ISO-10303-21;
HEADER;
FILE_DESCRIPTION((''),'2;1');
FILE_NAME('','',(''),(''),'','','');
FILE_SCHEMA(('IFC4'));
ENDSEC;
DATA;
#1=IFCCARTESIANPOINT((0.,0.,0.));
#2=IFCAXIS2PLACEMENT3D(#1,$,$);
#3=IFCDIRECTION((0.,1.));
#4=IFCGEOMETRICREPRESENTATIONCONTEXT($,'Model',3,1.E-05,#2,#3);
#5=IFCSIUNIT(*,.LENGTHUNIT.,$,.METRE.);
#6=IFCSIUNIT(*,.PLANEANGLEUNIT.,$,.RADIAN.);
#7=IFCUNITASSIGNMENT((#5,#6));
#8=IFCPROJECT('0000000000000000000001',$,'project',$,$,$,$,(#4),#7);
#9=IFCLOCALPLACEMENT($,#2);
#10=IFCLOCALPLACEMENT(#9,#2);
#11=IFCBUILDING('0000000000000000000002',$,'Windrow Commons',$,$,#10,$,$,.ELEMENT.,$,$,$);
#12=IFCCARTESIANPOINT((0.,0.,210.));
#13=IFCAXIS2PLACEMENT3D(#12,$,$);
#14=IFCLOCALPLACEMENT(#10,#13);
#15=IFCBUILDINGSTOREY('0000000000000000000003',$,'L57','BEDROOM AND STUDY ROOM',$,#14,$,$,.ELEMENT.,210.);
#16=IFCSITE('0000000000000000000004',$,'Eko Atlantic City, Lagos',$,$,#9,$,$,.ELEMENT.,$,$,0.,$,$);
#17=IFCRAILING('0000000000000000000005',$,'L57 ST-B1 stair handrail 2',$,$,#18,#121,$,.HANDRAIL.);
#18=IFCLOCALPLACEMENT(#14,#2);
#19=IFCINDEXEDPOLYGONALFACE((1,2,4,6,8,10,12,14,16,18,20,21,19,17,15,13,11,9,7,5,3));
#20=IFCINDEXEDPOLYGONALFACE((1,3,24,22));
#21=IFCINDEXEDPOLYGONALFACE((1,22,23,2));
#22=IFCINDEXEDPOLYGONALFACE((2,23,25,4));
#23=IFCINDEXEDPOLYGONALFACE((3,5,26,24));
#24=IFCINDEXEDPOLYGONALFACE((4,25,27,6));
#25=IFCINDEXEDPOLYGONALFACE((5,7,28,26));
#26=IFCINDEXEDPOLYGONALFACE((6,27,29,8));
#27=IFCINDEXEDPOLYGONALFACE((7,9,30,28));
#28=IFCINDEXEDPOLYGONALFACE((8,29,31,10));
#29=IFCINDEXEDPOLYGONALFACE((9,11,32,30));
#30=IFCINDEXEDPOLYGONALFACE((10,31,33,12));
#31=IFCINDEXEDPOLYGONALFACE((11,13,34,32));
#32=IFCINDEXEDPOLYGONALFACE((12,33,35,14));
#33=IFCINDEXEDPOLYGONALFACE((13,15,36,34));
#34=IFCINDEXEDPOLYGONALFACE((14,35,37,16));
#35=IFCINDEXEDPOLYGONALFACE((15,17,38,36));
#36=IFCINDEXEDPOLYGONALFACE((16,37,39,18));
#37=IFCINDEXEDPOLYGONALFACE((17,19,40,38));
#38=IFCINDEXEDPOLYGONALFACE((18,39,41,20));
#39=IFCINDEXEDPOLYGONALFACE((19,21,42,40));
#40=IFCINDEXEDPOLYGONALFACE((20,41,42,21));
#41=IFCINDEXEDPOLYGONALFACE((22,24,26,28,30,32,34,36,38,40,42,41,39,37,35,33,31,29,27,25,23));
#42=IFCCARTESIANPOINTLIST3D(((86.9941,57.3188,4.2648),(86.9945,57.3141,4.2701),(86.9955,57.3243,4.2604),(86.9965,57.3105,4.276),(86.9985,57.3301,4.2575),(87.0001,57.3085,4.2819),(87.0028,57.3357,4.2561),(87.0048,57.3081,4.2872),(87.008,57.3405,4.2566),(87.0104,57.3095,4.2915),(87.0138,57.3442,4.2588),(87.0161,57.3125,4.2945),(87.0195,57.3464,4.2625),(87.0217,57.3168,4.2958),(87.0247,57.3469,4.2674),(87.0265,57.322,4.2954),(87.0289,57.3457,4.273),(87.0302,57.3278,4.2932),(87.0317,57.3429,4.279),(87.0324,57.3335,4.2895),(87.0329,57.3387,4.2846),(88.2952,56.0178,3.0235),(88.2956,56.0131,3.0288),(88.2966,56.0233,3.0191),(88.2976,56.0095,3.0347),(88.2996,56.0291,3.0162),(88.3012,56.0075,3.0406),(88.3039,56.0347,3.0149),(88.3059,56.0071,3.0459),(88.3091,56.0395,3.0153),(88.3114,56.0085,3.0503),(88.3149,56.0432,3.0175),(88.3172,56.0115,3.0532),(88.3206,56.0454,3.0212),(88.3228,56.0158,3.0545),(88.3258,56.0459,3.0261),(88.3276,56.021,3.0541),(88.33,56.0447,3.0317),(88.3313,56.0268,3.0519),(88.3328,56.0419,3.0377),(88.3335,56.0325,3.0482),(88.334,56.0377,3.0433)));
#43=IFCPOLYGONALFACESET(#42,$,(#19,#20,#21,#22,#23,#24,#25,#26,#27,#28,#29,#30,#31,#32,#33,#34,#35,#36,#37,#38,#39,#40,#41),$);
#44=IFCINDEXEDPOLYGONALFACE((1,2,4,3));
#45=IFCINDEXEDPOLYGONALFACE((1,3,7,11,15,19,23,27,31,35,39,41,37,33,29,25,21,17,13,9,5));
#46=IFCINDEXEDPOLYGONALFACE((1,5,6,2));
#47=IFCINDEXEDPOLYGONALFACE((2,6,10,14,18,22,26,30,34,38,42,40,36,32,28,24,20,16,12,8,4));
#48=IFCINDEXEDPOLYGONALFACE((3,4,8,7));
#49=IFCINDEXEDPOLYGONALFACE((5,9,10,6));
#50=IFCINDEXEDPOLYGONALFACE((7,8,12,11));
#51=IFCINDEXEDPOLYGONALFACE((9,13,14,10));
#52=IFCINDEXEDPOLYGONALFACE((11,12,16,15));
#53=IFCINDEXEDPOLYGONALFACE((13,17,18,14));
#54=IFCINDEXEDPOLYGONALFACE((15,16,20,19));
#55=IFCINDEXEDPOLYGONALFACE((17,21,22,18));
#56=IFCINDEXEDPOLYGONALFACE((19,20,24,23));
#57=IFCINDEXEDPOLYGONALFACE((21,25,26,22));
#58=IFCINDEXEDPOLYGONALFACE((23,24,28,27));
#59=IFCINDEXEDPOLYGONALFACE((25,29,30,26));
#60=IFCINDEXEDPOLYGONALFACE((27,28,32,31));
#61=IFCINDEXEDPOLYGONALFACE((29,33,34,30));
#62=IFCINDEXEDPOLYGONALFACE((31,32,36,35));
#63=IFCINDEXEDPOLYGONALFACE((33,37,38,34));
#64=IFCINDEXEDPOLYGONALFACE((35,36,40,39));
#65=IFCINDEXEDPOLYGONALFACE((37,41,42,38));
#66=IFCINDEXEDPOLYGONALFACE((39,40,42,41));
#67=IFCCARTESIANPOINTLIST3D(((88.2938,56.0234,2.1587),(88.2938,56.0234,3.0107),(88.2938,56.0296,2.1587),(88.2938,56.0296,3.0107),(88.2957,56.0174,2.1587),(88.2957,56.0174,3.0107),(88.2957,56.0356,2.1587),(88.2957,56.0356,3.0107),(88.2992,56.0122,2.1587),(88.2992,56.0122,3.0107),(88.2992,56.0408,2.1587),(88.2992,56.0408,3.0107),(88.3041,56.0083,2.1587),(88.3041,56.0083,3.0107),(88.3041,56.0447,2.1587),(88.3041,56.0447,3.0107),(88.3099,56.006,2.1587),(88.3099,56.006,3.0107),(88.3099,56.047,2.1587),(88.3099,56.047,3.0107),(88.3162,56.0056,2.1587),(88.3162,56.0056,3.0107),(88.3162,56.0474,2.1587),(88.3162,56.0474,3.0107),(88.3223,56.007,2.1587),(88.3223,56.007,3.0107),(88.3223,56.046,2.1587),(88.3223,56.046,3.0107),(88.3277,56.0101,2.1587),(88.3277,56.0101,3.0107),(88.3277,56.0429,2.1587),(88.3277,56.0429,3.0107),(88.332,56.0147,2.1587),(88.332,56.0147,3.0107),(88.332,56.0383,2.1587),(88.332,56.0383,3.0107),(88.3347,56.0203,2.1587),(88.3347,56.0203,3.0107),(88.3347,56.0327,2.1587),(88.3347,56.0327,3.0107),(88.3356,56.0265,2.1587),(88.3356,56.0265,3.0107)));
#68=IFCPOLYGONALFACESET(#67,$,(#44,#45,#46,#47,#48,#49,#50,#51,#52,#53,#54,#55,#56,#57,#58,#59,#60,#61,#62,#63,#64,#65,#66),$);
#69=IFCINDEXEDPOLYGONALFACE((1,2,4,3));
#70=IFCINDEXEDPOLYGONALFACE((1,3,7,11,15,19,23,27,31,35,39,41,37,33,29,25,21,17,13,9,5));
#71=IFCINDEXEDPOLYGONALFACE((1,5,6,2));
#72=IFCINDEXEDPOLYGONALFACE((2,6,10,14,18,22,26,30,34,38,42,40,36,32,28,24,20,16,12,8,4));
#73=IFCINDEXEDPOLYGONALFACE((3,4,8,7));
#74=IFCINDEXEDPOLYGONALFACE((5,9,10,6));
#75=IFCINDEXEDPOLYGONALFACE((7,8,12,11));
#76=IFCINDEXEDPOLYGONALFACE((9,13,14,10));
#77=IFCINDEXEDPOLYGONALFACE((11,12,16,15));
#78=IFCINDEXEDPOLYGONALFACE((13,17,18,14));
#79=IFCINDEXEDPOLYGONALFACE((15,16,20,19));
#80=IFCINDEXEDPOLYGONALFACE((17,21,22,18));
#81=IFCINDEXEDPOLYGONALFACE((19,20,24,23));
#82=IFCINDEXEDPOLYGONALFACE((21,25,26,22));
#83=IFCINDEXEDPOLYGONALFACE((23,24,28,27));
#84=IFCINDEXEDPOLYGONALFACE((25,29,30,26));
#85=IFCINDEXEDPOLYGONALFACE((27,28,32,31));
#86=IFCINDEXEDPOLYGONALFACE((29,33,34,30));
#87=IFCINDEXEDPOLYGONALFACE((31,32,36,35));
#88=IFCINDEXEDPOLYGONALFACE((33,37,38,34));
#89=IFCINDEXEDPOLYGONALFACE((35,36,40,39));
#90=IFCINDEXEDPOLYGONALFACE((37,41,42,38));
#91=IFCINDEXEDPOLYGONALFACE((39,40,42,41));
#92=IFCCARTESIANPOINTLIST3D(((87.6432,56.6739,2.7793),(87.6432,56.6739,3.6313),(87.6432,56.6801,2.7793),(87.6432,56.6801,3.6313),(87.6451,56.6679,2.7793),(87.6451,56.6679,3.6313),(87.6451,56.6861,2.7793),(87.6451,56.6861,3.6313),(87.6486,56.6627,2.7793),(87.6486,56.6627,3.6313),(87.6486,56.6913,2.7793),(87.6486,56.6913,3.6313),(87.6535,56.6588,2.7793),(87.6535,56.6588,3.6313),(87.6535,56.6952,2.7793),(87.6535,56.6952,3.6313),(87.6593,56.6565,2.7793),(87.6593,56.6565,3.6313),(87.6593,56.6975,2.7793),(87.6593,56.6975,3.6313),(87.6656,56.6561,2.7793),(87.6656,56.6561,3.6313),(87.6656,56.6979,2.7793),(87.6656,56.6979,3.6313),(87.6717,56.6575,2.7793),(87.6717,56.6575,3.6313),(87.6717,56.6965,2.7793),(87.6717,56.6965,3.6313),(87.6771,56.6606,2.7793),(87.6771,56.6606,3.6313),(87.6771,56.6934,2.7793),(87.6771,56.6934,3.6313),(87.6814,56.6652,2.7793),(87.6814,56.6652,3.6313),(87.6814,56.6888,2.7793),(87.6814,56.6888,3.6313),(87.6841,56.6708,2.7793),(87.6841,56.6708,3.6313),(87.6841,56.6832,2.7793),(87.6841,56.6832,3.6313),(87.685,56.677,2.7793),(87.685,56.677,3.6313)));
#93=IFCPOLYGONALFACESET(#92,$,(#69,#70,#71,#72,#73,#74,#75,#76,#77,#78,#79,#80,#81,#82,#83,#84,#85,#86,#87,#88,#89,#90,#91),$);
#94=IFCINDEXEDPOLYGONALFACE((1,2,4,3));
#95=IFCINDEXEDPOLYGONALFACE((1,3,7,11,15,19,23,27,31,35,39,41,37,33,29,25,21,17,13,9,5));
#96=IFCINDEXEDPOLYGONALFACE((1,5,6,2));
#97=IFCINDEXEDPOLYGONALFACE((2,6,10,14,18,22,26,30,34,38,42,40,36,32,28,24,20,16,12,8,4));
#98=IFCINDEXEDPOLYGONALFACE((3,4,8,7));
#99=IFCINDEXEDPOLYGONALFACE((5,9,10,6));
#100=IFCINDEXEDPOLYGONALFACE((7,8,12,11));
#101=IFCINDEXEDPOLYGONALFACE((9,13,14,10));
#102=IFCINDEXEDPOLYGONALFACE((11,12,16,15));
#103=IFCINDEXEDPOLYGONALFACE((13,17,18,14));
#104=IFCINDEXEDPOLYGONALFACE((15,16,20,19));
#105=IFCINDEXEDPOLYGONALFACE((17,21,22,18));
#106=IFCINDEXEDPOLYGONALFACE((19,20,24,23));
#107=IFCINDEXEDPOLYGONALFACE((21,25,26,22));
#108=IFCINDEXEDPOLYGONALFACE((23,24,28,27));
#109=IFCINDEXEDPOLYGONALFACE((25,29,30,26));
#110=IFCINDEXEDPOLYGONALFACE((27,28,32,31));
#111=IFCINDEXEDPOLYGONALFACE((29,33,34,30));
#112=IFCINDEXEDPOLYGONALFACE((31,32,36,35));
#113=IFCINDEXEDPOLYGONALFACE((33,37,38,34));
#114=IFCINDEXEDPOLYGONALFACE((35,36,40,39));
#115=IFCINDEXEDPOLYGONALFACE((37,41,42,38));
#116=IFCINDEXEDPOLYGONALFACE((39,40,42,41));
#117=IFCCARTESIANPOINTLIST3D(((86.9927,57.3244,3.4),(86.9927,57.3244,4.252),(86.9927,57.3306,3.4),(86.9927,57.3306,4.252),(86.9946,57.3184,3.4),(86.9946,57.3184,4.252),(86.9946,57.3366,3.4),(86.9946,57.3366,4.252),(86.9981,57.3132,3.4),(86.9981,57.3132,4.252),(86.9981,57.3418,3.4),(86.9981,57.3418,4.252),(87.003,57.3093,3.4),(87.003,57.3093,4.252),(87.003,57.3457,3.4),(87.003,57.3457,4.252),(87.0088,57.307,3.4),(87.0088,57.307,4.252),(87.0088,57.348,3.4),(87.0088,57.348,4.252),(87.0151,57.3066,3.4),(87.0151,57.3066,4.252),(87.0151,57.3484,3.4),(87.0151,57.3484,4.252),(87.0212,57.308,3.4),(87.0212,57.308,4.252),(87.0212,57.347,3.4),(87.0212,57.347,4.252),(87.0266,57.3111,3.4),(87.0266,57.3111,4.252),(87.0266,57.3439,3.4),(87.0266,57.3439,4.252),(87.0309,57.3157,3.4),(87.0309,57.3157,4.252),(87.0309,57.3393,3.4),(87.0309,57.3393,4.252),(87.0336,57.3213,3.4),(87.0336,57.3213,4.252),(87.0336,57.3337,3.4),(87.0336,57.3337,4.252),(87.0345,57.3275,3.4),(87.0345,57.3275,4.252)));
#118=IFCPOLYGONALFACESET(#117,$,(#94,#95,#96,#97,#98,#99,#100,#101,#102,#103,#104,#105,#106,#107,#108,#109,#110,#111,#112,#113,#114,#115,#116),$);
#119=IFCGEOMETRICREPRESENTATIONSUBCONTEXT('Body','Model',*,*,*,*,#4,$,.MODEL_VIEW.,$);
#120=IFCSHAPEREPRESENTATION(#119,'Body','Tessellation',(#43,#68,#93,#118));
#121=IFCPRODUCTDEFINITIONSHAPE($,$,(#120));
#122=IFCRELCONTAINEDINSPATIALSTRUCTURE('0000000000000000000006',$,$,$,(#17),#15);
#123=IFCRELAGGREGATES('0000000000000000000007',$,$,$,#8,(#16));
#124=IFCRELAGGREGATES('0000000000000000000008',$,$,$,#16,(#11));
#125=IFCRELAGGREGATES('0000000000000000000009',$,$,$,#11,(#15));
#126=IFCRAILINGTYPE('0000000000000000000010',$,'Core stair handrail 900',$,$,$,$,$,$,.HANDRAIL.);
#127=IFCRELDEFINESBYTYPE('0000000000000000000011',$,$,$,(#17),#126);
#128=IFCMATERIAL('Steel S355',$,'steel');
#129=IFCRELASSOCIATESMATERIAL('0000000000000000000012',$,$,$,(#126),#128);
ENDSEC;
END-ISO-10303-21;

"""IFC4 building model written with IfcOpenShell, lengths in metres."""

from ifc_helpers import new_model, si_unit, direction, frame, origin, origin_2d, place, context, subcontext, project, spatial, circle, extrude, material, type_object, element, save


model = new_model("IFC4")

# Units and contexts
model_context = context("Model", 3, precision=1e-05, world=origin(), true_north=direction((0.0, 1.0)))
body_context = subcontext(model_context, "Body", "Model", "MODEL_VIEW")
ifc_project = project(units=[si_unit("LENGTHUNIT", "METRE"), si_unit("PLANEANGLEUNIT", "RADIAN")], contexts=[model_context])

# Site, building, storey
site_placement = place(None, origin())
site = spatial("IfcSite", under=ifc_project, at=site_placement, Name="Eko Atlantic City, Lagos", CompositionType="ELEMENT", RefElevation=0.0)
building_placement = place(site_placement, origin())
building = spatial("IfcBuilding", under=site, at=building_placement, Name="Windrow Commons", CompositionType="ELEMENT")
storey_placement = place(building_placement, frame((0.0, 0.0, 210.0)))
storey = spatial("IfcBuildingStorey", under=building, at=storey_placement, Name="L57", Description="BEDROOM AND STUDY ROOM", CompositionType="ELEMENT", Elevation=210.0)

# Railing
ifc_material_1 = material(Name="Steel S355", Category="steel")
railing_type_1 = type_object("IfcRailingType", Name="Core stair handrail 900", PredefinedType="HANDRAIL", material=ifc_material_1)
railing_1_placement = place(storey_placement, frame((88.3146, 56.0265, 2.1587)))
element("IfcRailing", 1, at=railing_1_placement, inside=storey, type_object=railing_type_1, Name="L57 ST-B1 stair handrail 2", PredefinedType="HANDRAIL", context=body_context, shape_type="SweptSolid", body=[
    extrude(circle(Radius=0.024, at=origin_2d()), frame((0.0, 0.0, 0.876), z_axis=(-0.586207, 0.586162, 0.559264), x_axis=(-0.70708, -0.707134, 0.0)), (0.0, 0.0, 1.0), 2.2195),
    extrude(circle(Radius=0.021, at=origin_2d()), origin(), (0.0, 0.0, 1.0), 0.852),
    extrude(circle(Radius=0.021, at=origin_2d()), frame((-0.6506, 0.6505, 0.6206)), (0.0, 0.0, 1.0), 0.852),
    extrude(circle(Radius=0.021, at=origin_2d()), frame((-1.3011, 1.301, 1.2413)), (0.0, 0.0, 1.0), 0.852),
])

save(model, "model.ifc")
